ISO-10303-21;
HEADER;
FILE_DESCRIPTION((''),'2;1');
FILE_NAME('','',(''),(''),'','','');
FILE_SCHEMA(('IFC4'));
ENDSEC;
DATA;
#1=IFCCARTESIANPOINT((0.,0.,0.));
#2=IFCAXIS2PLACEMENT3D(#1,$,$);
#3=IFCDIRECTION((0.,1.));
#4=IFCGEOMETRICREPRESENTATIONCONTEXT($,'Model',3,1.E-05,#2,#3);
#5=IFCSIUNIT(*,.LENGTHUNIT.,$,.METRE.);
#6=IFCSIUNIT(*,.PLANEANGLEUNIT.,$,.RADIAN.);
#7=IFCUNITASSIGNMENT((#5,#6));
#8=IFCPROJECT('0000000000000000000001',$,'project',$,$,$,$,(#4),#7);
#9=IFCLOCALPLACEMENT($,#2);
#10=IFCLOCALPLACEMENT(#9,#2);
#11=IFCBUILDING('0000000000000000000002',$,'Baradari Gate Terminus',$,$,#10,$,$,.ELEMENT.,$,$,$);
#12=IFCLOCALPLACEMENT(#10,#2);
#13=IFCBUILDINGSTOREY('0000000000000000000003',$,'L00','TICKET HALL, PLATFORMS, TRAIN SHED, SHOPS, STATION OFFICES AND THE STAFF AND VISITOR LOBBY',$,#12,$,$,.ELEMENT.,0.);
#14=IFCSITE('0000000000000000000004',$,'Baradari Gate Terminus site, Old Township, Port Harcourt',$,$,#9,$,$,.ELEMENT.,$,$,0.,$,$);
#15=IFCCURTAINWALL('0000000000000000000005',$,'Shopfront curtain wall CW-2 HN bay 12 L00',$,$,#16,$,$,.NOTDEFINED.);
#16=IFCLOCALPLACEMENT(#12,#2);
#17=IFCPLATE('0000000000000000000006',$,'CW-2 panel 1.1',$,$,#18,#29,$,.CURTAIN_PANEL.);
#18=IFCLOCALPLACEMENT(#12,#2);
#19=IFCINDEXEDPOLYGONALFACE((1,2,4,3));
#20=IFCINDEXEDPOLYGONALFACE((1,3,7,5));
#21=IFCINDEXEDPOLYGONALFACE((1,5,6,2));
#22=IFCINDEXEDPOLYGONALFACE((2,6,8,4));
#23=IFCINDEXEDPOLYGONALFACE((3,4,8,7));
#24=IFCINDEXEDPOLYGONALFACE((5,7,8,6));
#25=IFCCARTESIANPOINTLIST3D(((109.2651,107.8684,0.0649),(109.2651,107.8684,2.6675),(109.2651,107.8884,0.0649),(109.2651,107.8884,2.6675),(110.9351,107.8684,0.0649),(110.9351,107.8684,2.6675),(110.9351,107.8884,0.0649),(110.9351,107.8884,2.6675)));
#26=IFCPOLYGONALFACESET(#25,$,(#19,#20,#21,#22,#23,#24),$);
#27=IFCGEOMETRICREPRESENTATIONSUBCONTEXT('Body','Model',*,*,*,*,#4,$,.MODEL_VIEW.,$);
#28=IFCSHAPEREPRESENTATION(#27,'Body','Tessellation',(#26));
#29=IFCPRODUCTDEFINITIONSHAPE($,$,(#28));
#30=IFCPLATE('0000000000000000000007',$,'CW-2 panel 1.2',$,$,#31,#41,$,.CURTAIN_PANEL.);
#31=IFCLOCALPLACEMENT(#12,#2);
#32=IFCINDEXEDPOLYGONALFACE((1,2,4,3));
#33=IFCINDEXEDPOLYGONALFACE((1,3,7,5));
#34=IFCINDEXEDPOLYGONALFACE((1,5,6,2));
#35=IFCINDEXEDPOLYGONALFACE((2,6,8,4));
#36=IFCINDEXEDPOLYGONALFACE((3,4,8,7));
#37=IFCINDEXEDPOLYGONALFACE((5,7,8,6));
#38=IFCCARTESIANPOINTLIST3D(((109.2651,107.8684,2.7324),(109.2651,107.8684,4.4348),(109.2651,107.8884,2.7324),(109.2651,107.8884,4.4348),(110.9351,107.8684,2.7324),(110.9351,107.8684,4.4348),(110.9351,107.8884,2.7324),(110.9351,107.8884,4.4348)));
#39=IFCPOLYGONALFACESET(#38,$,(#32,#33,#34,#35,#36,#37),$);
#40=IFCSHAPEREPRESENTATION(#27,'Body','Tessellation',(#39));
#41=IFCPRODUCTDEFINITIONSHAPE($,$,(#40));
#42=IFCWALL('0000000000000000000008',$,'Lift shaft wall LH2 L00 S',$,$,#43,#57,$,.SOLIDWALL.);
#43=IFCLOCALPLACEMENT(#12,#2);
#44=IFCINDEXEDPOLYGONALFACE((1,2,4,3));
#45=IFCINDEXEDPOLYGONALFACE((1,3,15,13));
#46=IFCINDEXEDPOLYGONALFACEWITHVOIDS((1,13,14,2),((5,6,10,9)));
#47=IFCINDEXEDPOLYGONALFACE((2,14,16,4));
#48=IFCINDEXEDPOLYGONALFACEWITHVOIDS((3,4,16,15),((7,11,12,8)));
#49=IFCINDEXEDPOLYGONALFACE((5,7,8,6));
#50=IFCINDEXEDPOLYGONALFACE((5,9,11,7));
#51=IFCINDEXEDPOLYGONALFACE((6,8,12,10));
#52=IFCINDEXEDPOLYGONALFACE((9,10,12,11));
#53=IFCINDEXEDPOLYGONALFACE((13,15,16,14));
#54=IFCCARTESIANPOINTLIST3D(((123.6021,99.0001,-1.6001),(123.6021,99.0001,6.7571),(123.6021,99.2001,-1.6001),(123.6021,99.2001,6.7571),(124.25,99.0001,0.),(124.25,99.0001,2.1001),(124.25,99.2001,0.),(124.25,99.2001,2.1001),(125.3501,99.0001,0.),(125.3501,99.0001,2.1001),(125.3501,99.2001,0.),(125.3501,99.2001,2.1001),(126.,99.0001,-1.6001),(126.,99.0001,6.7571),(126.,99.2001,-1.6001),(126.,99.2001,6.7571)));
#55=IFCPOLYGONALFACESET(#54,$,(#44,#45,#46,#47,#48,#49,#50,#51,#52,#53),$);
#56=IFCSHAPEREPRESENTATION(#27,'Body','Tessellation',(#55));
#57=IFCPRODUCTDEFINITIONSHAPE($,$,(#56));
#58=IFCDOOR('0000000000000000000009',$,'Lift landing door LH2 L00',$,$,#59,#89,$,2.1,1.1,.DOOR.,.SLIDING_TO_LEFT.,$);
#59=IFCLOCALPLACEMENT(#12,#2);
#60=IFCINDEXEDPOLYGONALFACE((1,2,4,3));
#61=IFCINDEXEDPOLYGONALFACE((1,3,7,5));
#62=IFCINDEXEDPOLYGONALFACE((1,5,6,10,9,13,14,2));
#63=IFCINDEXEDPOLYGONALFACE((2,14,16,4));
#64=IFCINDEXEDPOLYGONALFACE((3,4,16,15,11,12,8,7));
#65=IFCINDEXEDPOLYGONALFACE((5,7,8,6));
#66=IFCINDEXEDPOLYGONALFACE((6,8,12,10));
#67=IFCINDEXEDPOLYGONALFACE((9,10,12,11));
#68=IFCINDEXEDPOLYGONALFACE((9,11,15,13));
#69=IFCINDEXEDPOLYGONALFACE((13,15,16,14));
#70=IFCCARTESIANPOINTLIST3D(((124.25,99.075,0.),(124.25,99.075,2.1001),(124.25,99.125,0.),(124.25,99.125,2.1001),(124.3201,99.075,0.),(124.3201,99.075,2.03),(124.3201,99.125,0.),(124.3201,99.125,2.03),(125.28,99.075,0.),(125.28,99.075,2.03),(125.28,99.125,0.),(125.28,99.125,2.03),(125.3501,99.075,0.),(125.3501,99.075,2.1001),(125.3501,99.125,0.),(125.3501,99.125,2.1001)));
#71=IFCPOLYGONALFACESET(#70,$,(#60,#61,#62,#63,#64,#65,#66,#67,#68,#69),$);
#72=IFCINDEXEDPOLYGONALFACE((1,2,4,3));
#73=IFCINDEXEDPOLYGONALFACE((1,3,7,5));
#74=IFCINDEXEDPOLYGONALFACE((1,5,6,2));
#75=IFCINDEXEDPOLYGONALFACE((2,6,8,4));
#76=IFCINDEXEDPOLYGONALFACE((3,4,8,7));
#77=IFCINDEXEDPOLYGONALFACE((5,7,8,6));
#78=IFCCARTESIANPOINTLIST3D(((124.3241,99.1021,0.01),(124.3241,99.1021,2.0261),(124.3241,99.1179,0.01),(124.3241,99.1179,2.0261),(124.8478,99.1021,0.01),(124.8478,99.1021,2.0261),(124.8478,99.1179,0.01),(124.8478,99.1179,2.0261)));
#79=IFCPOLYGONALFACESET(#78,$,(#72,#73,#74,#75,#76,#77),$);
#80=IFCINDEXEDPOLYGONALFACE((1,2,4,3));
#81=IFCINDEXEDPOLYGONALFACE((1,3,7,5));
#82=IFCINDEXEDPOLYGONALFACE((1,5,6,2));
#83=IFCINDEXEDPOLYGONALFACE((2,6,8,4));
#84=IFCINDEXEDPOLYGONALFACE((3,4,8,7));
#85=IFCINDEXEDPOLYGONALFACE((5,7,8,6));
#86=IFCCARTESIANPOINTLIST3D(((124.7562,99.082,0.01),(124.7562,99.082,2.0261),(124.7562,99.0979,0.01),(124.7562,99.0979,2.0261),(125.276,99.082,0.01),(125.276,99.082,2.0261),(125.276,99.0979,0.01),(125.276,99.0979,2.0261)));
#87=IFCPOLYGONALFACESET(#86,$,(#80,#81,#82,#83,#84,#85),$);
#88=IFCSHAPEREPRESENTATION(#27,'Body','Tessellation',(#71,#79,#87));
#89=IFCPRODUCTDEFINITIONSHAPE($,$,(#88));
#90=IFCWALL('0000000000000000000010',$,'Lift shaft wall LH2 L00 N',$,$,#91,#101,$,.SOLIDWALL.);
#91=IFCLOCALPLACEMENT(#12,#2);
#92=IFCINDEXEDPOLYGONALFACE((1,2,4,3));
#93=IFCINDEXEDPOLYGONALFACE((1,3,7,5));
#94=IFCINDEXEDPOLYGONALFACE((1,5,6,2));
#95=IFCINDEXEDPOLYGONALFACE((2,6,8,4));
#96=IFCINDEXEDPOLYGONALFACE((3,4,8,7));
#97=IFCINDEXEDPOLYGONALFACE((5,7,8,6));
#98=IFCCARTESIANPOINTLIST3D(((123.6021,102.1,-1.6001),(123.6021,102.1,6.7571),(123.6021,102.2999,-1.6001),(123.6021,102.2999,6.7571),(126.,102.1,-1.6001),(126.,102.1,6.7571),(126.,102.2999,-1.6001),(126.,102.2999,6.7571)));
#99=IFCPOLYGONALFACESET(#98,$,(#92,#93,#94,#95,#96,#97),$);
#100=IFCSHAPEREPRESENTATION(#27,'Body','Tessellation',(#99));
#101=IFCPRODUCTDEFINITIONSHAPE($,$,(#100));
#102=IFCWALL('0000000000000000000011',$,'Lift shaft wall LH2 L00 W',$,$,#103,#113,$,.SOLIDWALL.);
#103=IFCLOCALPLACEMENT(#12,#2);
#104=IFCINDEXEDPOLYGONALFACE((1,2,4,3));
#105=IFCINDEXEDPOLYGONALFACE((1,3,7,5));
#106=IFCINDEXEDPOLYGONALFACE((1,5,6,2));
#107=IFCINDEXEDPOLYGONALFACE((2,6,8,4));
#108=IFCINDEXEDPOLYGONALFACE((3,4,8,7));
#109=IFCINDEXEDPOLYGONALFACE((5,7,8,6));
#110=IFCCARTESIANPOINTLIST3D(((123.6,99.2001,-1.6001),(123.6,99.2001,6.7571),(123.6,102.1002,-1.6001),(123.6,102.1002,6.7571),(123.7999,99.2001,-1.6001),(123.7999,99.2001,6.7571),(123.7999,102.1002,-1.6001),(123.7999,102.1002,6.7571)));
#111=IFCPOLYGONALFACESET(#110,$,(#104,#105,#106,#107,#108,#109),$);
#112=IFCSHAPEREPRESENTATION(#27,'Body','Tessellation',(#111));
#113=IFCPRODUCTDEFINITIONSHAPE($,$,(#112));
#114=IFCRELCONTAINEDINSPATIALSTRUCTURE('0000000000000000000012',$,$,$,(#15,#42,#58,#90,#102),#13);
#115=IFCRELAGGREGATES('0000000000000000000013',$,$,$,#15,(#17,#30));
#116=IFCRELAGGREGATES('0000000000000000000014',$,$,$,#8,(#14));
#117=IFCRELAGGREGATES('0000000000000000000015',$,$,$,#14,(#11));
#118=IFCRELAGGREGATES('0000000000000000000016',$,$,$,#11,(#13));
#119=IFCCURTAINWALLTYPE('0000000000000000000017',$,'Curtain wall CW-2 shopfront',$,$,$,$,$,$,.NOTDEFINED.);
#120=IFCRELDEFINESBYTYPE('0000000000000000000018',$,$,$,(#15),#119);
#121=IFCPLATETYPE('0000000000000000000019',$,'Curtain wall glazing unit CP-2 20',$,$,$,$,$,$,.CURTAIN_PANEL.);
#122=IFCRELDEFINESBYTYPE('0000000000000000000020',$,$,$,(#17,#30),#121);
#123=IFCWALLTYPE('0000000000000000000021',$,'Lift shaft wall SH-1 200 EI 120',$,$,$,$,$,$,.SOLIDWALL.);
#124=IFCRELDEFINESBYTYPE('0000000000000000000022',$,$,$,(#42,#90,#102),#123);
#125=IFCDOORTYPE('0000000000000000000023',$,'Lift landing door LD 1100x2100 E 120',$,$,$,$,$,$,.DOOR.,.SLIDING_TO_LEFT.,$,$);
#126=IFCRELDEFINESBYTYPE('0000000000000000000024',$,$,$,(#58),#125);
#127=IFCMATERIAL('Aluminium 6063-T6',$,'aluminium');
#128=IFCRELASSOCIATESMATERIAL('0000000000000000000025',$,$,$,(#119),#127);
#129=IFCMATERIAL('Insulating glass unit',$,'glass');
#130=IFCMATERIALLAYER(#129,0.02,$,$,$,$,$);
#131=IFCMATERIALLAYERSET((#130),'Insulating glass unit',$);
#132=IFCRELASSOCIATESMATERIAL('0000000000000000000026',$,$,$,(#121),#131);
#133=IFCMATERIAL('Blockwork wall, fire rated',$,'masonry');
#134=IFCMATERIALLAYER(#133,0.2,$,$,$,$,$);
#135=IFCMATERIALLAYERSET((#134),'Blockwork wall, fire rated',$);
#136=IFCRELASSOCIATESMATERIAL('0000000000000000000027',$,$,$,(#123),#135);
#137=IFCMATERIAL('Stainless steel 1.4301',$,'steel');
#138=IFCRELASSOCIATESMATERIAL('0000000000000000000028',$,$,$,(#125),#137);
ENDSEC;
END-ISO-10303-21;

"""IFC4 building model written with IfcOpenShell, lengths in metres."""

from ifc_helpers import new_model, si_unit, direction, frame, frame_2d, origin, origin_2d, place, context, subcontext, project, spatial, polyline, rectangle, outline, extrude, material, layer, layer_set, type_object, element, fill, aggregate, save


model = new_model("IFC4")

# Units and contexts
model_context = context("Model", 3, precision=1e-05, world=origin(), true_north=direction((0.0, 1.0)))
body_context = subcontext(model_context, "Body", "Model", "MODEL_VIEW")
ifc_project = project(units=[si_unit("LENGTHUNIT", "METRE"), si_unit("PLANEANGLEUNIT", "RADIAN")], contexts=[model_context])

# Site, building, storey
site_placement = place(None, origin())
site = spatial("IfcSite", under=ifc_project, at=site_placement, Name="Baradari Gate Terminus site, Old Township, Port Harcourt", CompositionType="ELEMENT", RefElevation=0.0)
building_placement = place(site_placement, origin())
building = spatial("IfcBuilding", under=site, at=building_placement, Name="Baradari Gate Terminus", CompositionType="ELEMENT")
storey_placement = place(building_placement, origin())
storey = spatial("IfcBuildingStorey", under=building, at=storey_placement, Name="L00", Description="TICKET HALL, PLATFORMS, TRAIN SHED, SHOPS, STATION OFFICES AND THE STAFF AND VISITOR LOBBY", CompositionType="ELEMENT", Elevation=0.0)

# Curtain wall
ifc_material_1 = material(Name="Aluminium 6063-T6", Category="aluminium")
curtain_wall_type = type_object("IfcCurtainWallType", Name="Curtain wall CW-2 shopfront", PredefinedType="NOTDEFINED", material=ifc_material_1)
curtain_wall_placement = place(storey_placement, origin())
curtain_wall = element("IfcCurtainWall", 1, at=curtain_wall_placement, inside=storey, type_object=curtain_wall_type, Name="Shopfront curtain wall CW-2 HN bay 12 L00", PredefinedType="NOTDEFINED")

# Plates
ifc_material_2 = material(Name="Insulating glass unit", Category="glass")
ifc_layer_1 = layer(ifc_material_2, 0.02)
ifc_layer_set_1 = layer_set([ifc_layer_1], Name="Insulating glass unit")
plate_type = type_object("IfcPlateType", Name="Curtain wall glazing unit CP-2 20", PredefinedType="CURTAIN_PANEL", material=ifc_layer_set_1)
plate_1_placement = place(storey_placement, frame((110.1001, 107.8784, 0.0649), z_axis=(0.0, 0.0, 1.0), x_axis=(1.0, 0.0, 0.0)))
plate_1 = element("IfcPlate", 2, at=plate_1_placement, type_object=plate_type, Name="CW-2 panel 1.1", PredefinedType="CURTAIN_PANEL", context=body_context, shape_type="SweptSolid", body=[
    extrude(rectangle(XDim=1.6699, YDim=0.02, at=origin_2d()), origin(), (0.0, 0.0, 1.0), 2.6025),
])
plate_2_placement = place(storey_placement, frame((110.1001, 107.8784, 2.7324), z_axis=(0.0, 0.0, 1.0), x_axis=(1.0, 0.0, 0.0)))
plate_2 = element("IfcPlate", 3, at=plate_2_placement, type_object=plate_type, Name="CW-2 panel 1.2", PredefinedType="CURTAIN_PANEL", context=body_context, shape_type="SweptSolid", body=[
    extrude(rectangle(XDim=1.6699, YDim=0.02, at=origin_2d()), origin(), (0.0, 0.0, 1.0), 1.7024),
])
aggregate(curtain_wall, [plate_1, plate_2])

# Wall, opening, door
ifc_material_3 = material(Name="Blockwork wall, fire rated", Category="masonry")
ifc_layer_2 = layer(ifc_material_3, 0.2)
ifc_layer_set_2 = layer_set([ifc_layer_2], Name="Blockwork wall, fire rated")
wall_type_1 = type_object("IfcWallType", Name="Lift shaft wall SH-1 200 EI 120", PredefinedType="SOLIDWALL", material=ifc_layer_set_2)
wall_1_placement = place(storey_placement, frame((123.6021, 99.1001, -1.6001), z_axis=(0.0, 0.0, 1.0), x_axis=(1.0, 0.0, 0.0)))
wall_1 = element("IfcWall", 4, at=wall_1_placement, inside=storey, type_object=wall_type_1, Name="Lift shaft wall LH2 L00 S", PredefinedType="SOLIDWALL", context=body_context, shape_type="SweptSolid", body=[
    extrude(rectangle(XDim=2.3979, YDim=0.2, at=frame_2d((1.199, 0.0))), origin(), (0.0, 0.0, 1.0), 8.3572),
])
opening_1_placement = place(wall_1_placement, frame((0.6479, 0.0, 1.6001)))
opening_1 = element("IfcOpeningElement", 5, at=opening_1_placement, cuts=wall_1, PredefinedType="OPENING", context=body_context, shape_type="SweptSolid", body=[
    extrude(rectangle(XDim=1.1001, YDim=2.1001, at=frame_2d((0.55, 1.05))), frame((0.0, 0.1099, 0.0), z_axis=(0.0, -1.0, 0.0), x_axis=(1.0, 0.0, 0.0)), (0.0, 0.0, 1.0), 0.22),
])
ifc_material_4 = material(Name="Stainless steel 1.4301", Category="steel")
door_type_1 = type_object("IfcDoorType", Name="Lift landing door LD 1100x2100 E 120", OperationType="SLIDING_TO_LEFT", PredefinedType="DOOR", material=ifc_material_4)
door_1_placement = place(opening_1_placement, origin())
door_1 = element("IfcDoor", 6, at=door_1_placement, inside=storey, type_object=door_type_1, Name="Lift landing door LH2 L00", OperationType="SLIDING_TO_LEFT", OverallHeight=2.1, OverallWidth=1.1, PredefinedType="DOOR", context=body_context, shape_type="SweptSolid", body=[
    extrude(outline(polyline([(0.0, 0.0), (0.0701, 0.0), (0.0701, 2.03), (1.03, 2.03), (1.03, 0.0), (1.1001, 0.0), (1.1001, 2.1001), (0.0, 2.1001), (0.0, 0.0)])), frame((0.0, 0.0249, 0.0), z_axis=(0.0, -1.0, 0.0), x_axis=(1.0, 0.0, 0.0)), (0.0, 0.0, 1.0), 0.05),
    extrude(rectangle(XDim=0.5237, YDim=2.0161, at=frame_2d((0.3359, 1.0181))), frame((0.0, 0.0178, 0.0), z_axis=(0.0, -1.0, 0.0), x_axis=(1.0, 0.0, 0.0)), (0.0, 0.0, 1.0), 0.0159),
    extrude(rectangle(XDim=0.5198, YDim=2.0161, at=frame_2d((0.7661, 1.0181))), frame((0.0, -0.0022, 0.0), z_axis=(0.0, -1.0, 0.0), x_axis=(1.0, 0.0, 0.0)), (0.0, 0.0, 1.0), 0.0159),
])
fill(opening_1, door_1)

# Walls
wall_2_placement = place(storey_placement, frame((123.6021, 102.2, -1.6001), z_axis=(0.0, 0.0, 1.0), x_axis=(1.0, 0.0, 0.0)))
element("IfcWall", 7, at=wall_2_placement, inside=storey, type_object=wall_type_1, Name="Lift shaft wall LH2 L00 N", PredefinedType="SOLIDWALL", context=body_context, shape_type="SweptSolid", body=[
    extrude(rectangle(XDim=2.3979, YDim=0.2, at=frame_2d((1.199, 0.0))), origin(), (0.0, 0.0, 1.0), 8.3572),
])
wall_3_placement = place(storey_placement, frame((123.7, 99.2, -1.6001), z_axis=(0.0, 0.0, 1.0), x_axis=(0.0, 1.0, 0.0)))
element("IfcWall", 8, at=wall_3_placement, inside=storey, type_object=wall_type_1, Name="Lift shaft wall LH2 L00 W", PredefinedType="SOLIDWALL", context=body_context, shape_type="SweptSolid", body=[
    extrude(rectangle(XDim=2.9001, YDim=0.2, at=frame_2d((1.4502, 0.0))), origin(), (0.0, 0.0, 1.0), 8.3572),
])

save(model, "model.ifc")
